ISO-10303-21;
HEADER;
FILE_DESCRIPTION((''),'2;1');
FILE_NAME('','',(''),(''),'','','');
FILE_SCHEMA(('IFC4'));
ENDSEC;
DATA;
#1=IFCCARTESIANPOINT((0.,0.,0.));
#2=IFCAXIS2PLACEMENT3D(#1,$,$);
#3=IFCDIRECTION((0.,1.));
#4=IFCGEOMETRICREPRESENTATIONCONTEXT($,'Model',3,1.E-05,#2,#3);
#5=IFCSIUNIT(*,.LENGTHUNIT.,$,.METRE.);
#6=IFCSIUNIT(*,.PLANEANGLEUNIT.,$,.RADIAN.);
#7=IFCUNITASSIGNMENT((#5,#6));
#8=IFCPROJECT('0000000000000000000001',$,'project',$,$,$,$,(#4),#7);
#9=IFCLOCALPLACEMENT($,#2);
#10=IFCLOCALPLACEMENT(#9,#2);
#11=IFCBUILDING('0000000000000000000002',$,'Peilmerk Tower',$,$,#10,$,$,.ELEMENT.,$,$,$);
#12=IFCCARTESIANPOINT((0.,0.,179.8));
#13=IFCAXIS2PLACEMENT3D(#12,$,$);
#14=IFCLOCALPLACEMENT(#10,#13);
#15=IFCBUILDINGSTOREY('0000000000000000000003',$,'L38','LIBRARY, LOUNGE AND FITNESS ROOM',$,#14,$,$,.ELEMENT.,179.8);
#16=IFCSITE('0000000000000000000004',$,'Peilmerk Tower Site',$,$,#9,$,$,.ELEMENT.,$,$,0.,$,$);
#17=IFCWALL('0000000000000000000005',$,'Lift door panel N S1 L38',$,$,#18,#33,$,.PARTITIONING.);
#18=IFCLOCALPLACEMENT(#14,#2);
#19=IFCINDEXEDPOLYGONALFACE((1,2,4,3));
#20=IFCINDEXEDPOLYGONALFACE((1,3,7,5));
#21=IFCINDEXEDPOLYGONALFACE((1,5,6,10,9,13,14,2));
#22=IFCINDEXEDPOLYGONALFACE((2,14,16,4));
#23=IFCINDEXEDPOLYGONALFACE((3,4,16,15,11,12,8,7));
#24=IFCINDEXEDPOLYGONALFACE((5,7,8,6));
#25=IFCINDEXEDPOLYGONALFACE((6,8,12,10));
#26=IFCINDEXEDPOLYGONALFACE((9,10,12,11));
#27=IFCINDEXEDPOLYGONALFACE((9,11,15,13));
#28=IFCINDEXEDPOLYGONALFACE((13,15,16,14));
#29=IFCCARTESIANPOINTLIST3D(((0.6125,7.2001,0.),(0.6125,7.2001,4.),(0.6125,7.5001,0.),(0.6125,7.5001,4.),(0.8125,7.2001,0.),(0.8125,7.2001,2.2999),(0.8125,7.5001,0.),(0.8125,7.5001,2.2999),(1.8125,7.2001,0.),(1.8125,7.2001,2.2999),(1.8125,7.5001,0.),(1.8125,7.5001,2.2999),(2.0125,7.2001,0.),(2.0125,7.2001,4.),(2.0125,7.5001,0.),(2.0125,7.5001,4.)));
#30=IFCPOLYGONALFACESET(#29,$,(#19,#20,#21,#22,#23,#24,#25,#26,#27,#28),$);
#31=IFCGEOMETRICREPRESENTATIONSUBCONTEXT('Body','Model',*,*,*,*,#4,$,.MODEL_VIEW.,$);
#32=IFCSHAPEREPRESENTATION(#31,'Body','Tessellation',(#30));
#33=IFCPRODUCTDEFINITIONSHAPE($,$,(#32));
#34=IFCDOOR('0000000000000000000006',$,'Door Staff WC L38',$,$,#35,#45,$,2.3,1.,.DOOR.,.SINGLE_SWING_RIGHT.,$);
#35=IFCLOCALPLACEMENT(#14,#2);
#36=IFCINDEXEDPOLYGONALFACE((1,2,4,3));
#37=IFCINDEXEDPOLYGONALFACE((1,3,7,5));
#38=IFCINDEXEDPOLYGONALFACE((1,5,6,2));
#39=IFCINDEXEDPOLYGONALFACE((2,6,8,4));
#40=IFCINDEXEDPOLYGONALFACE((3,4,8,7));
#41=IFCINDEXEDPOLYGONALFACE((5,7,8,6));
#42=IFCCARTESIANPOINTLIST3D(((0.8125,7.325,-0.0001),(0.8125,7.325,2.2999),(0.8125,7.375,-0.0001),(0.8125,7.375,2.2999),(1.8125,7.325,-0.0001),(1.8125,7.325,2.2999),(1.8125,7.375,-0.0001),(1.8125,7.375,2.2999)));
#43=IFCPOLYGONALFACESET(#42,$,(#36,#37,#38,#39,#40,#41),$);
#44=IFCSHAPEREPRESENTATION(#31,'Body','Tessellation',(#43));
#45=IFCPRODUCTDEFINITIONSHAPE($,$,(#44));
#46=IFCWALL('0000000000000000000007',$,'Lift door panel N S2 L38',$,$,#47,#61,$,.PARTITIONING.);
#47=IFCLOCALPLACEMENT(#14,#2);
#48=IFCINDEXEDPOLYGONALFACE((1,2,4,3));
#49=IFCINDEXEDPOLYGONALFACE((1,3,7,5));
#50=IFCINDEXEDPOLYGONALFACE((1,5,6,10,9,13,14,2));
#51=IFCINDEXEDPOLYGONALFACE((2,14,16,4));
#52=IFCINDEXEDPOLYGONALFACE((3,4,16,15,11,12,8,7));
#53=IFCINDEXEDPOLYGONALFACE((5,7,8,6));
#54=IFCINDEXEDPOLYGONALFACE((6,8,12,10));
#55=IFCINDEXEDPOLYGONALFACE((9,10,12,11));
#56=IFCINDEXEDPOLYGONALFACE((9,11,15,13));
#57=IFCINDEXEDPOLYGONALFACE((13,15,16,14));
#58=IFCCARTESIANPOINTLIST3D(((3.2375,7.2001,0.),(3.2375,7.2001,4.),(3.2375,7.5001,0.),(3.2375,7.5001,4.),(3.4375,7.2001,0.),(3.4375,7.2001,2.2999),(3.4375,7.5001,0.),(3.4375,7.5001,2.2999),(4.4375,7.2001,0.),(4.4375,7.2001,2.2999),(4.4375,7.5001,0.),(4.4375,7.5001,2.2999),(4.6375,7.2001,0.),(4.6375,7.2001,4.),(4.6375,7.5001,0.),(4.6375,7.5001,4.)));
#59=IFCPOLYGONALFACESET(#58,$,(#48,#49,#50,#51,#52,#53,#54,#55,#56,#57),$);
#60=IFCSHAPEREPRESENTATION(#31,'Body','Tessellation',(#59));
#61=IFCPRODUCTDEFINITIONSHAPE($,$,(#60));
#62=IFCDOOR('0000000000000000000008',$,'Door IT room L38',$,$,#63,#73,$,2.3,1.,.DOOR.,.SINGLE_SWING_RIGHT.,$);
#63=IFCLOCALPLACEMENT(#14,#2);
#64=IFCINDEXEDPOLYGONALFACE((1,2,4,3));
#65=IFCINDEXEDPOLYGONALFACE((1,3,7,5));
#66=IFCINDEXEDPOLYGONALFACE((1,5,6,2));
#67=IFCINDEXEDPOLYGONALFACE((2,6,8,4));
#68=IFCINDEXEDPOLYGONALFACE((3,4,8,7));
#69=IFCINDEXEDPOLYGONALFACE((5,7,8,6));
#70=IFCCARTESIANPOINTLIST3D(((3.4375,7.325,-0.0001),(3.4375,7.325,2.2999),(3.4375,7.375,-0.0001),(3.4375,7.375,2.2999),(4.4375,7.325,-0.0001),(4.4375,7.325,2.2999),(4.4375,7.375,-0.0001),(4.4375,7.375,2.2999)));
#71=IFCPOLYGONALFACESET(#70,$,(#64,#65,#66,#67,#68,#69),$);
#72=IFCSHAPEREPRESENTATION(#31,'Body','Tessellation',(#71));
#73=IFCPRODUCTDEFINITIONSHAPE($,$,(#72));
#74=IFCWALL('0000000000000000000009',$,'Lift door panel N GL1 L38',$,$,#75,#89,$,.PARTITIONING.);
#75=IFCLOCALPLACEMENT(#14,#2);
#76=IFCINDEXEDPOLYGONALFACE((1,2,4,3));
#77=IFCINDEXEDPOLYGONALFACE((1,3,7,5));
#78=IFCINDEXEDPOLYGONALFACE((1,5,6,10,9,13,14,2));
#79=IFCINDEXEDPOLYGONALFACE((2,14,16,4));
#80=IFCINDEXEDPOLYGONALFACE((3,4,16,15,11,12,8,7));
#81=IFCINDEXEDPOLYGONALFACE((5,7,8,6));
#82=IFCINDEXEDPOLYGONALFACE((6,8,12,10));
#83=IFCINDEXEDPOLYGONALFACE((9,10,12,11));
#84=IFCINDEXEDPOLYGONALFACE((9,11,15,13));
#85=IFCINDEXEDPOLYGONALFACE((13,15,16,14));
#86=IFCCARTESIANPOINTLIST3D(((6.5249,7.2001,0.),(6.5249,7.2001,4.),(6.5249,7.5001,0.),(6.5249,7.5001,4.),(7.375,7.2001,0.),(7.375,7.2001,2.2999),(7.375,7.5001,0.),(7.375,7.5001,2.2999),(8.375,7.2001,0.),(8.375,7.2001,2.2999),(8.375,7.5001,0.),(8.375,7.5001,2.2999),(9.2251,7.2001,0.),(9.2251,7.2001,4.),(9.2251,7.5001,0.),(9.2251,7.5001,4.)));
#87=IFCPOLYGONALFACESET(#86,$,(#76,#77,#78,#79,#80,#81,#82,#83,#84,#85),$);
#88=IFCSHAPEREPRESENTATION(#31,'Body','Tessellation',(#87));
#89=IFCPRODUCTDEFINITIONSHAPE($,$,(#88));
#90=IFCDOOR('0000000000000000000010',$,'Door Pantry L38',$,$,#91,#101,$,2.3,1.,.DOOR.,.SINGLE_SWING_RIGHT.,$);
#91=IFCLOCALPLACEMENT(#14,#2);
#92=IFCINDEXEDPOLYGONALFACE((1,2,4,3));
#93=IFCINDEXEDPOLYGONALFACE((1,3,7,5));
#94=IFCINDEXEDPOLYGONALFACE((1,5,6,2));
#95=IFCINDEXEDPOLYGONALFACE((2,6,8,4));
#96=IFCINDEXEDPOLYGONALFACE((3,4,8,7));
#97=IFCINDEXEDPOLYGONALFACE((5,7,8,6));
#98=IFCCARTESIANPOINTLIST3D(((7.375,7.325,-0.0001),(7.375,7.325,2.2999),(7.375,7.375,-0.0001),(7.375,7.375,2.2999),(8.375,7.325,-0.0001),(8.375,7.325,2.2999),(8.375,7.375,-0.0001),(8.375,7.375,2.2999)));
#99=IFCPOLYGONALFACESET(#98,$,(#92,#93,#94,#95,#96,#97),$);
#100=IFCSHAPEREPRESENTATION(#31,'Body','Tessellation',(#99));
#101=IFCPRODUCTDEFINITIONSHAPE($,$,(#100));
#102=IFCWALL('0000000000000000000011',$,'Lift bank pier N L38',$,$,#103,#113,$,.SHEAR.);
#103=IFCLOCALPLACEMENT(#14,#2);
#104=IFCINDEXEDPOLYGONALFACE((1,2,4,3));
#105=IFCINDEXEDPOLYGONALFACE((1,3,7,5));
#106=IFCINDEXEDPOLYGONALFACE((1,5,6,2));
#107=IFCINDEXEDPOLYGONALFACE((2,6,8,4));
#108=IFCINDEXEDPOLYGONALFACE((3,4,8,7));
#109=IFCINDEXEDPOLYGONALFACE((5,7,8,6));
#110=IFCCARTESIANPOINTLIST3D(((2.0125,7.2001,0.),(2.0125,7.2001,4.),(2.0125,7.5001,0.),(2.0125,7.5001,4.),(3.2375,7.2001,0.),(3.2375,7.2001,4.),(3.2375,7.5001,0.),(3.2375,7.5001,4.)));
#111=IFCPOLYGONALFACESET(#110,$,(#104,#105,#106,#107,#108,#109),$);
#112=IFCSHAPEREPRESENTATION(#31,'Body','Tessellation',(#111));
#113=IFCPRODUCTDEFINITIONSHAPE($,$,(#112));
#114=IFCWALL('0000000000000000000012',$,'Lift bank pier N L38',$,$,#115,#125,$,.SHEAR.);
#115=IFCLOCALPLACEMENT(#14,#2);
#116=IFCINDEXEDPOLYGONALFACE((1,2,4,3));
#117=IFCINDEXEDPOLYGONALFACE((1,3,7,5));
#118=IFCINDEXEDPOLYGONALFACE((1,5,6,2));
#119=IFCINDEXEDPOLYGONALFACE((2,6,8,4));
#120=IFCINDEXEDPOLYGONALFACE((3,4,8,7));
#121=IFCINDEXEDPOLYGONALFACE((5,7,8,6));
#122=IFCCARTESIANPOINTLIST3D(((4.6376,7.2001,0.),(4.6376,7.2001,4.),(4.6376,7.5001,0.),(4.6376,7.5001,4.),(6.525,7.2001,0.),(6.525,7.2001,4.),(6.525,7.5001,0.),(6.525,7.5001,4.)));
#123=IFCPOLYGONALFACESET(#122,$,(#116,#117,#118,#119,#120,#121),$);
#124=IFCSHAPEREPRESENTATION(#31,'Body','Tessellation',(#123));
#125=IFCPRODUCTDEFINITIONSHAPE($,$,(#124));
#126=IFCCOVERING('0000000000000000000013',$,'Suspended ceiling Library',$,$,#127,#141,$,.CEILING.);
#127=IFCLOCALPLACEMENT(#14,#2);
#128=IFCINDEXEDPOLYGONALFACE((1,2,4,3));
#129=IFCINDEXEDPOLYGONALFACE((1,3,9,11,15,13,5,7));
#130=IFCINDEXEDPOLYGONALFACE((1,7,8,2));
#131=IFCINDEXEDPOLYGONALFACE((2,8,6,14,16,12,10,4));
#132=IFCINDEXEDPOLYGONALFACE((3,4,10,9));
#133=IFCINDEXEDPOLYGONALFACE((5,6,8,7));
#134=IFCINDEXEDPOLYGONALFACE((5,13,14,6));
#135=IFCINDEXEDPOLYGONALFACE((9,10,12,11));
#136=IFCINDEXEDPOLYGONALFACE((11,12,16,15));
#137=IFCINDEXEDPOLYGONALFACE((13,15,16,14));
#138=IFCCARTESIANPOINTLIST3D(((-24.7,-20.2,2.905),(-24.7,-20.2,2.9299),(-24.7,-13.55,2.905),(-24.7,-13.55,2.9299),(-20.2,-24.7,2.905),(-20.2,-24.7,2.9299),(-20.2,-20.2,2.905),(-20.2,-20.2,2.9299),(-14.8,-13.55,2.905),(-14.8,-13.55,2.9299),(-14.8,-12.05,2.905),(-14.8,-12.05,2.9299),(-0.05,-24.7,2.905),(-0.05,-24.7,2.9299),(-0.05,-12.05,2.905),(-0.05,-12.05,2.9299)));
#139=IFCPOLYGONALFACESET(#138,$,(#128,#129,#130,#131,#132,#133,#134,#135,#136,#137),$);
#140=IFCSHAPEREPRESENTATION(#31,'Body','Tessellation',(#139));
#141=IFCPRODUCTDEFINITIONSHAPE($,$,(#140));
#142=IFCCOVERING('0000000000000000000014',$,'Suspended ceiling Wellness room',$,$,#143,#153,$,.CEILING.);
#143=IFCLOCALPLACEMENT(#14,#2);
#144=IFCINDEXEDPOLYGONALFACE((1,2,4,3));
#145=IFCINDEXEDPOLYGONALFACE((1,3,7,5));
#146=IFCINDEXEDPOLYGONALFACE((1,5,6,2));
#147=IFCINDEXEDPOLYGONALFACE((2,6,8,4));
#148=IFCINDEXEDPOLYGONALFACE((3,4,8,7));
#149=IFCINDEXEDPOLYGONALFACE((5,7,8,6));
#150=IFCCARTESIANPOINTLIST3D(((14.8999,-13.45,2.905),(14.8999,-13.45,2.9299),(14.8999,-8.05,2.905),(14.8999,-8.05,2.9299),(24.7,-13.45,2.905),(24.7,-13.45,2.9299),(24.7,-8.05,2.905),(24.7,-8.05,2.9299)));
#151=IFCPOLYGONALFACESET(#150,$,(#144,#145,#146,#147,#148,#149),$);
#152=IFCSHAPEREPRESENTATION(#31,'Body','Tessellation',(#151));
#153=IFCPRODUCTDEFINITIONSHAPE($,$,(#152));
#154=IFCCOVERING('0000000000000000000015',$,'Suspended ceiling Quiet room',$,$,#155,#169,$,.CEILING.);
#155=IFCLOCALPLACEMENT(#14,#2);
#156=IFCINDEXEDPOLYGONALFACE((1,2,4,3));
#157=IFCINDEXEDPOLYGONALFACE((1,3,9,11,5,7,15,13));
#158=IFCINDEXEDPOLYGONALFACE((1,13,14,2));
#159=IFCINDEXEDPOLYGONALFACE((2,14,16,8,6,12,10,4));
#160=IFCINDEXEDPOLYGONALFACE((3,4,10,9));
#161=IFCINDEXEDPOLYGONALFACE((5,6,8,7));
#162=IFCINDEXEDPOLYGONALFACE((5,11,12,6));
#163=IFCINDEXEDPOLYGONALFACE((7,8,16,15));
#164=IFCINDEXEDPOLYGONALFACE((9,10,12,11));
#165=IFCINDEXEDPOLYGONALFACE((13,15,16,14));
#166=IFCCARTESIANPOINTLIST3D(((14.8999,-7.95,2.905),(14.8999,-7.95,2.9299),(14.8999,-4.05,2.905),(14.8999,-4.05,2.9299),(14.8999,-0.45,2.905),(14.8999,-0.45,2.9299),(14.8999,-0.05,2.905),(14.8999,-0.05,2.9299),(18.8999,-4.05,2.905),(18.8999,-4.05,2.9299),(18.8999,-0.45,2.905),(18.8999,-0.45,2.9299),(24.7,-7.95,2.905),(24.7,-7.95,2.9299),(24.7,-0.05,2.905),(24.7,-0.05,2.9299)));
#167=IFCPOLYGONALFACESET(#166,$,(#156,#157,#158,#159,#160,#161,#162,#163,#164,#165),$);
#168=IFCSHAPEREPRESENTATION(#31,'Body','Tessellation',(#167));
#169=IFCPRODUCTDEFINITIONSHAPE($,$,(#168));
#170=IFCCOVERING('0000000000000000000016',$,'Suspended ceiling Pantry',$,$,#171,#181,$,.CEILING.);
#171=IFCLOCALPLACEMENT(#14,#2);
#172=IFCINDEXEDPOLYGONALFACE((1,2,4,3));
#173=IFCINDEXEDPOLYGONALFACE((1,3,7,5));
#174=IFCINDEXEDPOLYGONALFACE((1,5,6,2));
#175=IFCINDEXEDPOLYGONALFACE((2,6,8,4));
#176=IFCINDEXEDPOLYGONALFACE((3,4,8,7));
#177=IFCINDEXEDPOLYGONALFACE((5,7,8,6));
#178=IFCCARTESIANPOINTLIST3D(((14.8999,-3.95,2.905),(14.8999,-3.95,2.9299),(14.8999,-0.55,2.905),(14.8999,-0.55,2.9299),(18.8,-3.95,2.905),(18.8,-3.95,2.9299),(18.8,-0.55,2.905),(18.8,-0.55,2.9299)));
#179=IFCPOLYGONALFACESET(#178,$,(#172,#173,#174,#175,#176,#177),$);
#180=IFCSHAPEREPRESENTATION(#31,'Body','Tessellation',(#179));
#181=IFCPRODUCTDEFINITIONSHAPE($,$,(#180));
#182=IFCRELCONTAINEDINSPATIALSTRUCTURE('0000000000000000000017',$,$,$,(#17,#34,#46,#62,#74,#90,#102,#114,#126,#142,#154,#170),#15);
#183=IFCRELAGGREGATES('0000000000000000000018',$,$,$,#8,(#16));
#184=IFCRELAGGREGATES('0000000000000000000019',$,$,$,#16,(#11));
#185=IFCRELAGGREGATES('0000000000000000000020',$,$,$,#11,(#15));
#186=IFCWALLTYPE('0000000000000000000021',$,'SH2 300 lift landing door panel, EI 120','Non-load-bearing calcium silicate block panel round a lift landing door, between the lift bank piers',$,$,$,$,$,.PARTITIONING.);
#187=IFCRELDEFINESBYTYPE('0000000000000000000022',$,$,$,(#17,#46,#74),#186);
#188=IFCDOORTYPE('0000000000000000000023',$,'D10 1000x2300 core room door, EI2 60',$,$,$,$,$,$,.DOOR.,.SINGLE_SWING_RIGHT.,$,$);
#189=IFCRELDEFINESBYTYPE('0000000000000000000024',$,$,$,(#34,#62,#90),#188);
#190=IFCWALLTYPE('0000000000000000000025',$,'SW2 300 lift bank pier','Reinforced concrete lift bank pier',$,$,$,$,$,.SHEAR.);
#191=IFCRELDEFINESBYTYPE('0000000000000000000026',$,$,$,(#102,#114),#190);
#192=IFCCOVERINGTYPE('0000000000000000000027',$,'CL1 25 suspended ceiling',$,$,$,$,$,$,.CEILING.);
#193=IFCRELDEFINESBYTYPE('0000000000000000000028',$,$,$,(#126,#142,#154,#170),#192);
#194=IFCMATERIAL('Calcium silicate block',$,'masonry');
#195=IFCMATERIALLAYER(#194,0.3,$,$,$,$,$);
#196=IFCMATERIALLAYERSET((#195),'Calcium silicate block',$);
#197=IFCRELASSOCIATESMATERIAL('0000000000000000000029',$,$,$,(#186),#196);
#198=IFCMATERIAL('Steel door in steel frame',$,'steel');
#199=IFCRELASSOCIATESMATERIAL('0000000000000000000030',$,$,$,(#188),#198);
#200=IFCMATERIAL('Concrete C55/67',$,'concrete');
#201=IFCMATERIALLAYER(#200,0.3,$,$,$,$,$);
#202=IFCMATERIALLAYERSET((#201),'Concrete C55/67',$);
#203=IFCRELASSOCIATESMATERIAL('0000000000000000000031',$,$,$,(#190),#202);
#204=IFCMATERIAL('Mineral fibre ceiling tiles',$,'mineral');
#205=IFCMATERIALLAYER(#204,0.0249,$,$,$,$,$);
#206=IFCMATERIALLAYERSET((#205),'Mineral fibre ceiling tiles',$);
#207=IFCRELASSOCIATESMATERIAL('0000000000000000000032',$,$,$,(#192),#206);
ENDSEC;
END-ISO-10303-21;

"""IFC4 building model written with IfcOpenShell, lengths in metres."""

from ifc_helpers import new_model, si_unit, direction, frame, frame_2d, origin, place, context, subcontext, project, spatial, polyline, rectangle, outline, extrude, material, layer, layer_set, type_object, element, fill, save


model = new_model("IFC4")

# Units and contexts
model_context = context("Model", 3, precision=1e-05, world=origin(), true_north=direction((0.0, 1.0)))
body_context = subcontext(model_context, "Body", "Model", "MODEL_VIEW")
ifc_project = project(units=[si_unit("LENGTHUNIT", "METRE"), si_unit("PLANEANGLEUNIT", "RADIAN")], contexts=[model_context])

# Site, building, storey
site_placement = place(None, origin())
site = spatial("IfcSite", under=ifc_project, at=site_placement, Name="Peilmerk Tower Site", CompositionType="ELEMENT", RefElevation=0.0)
building_placement = place(site_placement, origin())
building = spatial("IfcBuilding", under=site, at=building_placement, Name="Peilmerk Tower", CompositionType="ELEMENT")
storey_placement = place(building_placement, frame((0.0, 0.0, 179.8)))
storey = spatial("IfcBuildingStorey", under=building, at=storey_placement, Name="L38", Description="LIBRARY, LOUNGE AND FITNESS ROOM", CompositionType="ELEMENT", Elevation=179.8)

# Shared definitions
ifc_material_1 = material(Name="Calcium silicate block", Category="masonry")

# Shared definitions
ifc_material_2 = material(Name="Steel door in steel frame", Category="steel")

# Walls, openings, doors
ifc_layer_1 = layer(ifc_material_1, 0.3)
ifc_layer_set_1 = layer_set([ifc_layer_1], Name="Calcium silicate block")
wall_type_1 = type_object("IfcWallType", Name="SH2 300 lift landing door panel, EI 120", Description="Non-load-bearing calcium silicate block panel round a lift landing door, between the lift bank piers", PredefinedType="PARTITIONING", material=ifc_layer_set_1)
wall_1_placement = place(storey_placement, frame((0.6125, 7.3501, 0.0), z_axis=(0.0, 0.0, 1.0), x_axis=(1.0, 0.0, 0.0)))
wall_1 = element("IfcWall", 1, at=wall_1_placement, inside=storey, type_object=wall_type_1, Name="Lift door panel N S1 L38", PredefinedType="PARTITIONING", context=body_context, shape_type="SweptSolid", body=[
    extrude(rectangle(XDim=1.3999, YDim=0.3, at=frame_2d((0.7, 0.0))), origin(), (0.0, 0.0, 1.0), 4.0),
])
opening_1_placement = place(wall_1_placement, frame((0.2, 0.0, 0.0)))
opening_1 = element("IfcOpeningElement", 2, at=opening_1_placement, cuts=wall_1, PredefinedType="OPENING", context=body_context, shape_type="SweptSolid", body=[
    extrude(rectangle(XDim=1.0, YDim=2.3, at=frame_2d((0.5, 1.1499))), frame((0.0, 0.1599, 0.0), z_axis=(0.0, -1.0, 0.0), x_axis=(1.0, 0.0, 0.0)), (0.0, 0.0, 1.0), 0.3201),
])
door_type_1 = type_object("IfcDoorType", Name="D10 1000x2300 core room door, EI2 60", OperationType="SINGLE_SWING_RIGHT", PredefinedType="DOOR", material=ifc_material_2)
door_1_placement = place(opening_1_placement, origin())
door_1 = element("IfcDoor", 3, at=door_1_placement, inside=storey, type_object=door_type_1, Name="Door Staff WC L38", OperationType="SINGLE_SWING_RIGHT", OverallHeight=2.3, OverallWidth=1.0, PredefinedType="DOOR", context=body_context, shape_type="SweptSolid", body=[
    extrude(rectangle(XDim=1.0, YDim=2.3, at=frame_2d((0.5, 1.1499))), frame((0.0, 0.0249, 0.0), z_axis=(0.0, -1.0, 0.0), x_axis=(1.0, 0.0, 0.0)), (0.0, 0.0, 1.0), 0.05),
])
fill(opening_1, door_1)
wall_2_placement = place(storey_placement, frame((3.2375, 7.3501, 0.0), z_axis=(0.0, 0.0, 1.0), x_axis=(1.0, 0.0, 0.0)))
wall_2 = element("IfcWall", 4, at=wall_2_placement, inside=storey, type_object=wall_type_1, Name="Lift door panel N S2 L38", PredefinedType="PARTITIONING", context=body_context, shape_type="SweptSolid", body=[
    extrude(rectangle(XDim=1.3999, YDim=0.3, at=frame_2d((0.7, 0.0))), origin(), (0.0, 0.0, 1.0), 4.0),
])
opening_2_placement = place(wall_2_placement, frame((0.2, 0.0, 0.0)))
opening_2 = element("IfcOpeningElement", 5, at=opening_2_placement, cuts=wall_2, PredefinedType="OPENING", context=body_context, shape_type="SweptSolid", body=[
    extrude(rectangle(XDim=1.0, YDim=2.3, at=frame_2d((0.5, 1.1499))), frame((0.0, 0.1599, 0.0), z_axis=(0.0, -1.0, 0.0), x_axis=(1.0, 0.0, 0.0)), (0.0, 0.0, 1.0), 0.3201),
])
door_2_placement = place(opening_2_placement, origin())
door_2 = element("IfcDoor", 6, at=door_2_placement, inside=storey, type_object=door_type_1, Name="Door IT room L38", OperationType="SINGLE_SWING_RIGHT", OverallHeight=2.3, OverallWidth=1.0, PredefinedType="DOOR", context=body_context, shape_type="SweptSolid", body=[
    extrude(rectangle(XDim=1.0, YDim=2.3, at=frame_2d((0.5, 1.1499))), frame((0.0, 0.0249, 0.0), z_axis=(0.0, -1.0, 0.0), x_axis=(1.0, 0.0, 0.0)), (0.0, 0.0, 1.0), 0.05),
])
fill(opening_2, door_2)
wall_3_placement = place(storey_placement, frame((6.5249, 7.3501, 0.0), z_axis=(0.0, 0.0, 1.0), x_axis=(1.0, 0.0, 0.0)))
wall_3 = element("IfcWall", 7, at=wall_3_placement, inside=storey, type_object=wall_type_1, Name="Lift door panel N GL1 L38", PredefinedType="PARTITIONING", context=body_context, shape_type="SweptSolid", body=[
    extrude(rectangle(XDim=2.7002, YDim=0.3, at=frame_2d((1.3501, 0.0))), origin(), (0.0, 0.0, 1.0), 4.0),
])
opening_3_placement = place(wall_3_placement, frame((0.8501, 0.0, 0.0)))
opening_3 = element("IfcOpeningElement", 8, at=opening_3_placement, cuts=wall_3, PredefinedType="OPENING", context=body_context, shape_type="SweptSolid", body=[
    extrude(rectangle(XDim=1.0, YDim=2.3, at=frame_2d((0.5, 1.1499))), frame((0.0, 0.1599, 0.0), z_axis=(0.0, -1.0, 0.0), x_axis=(1.0, 0.0, 0.0)), (0.0, 0.0, 1.0), 0.3201),
])
door_3_placement = place(opening_3_placement, origin())
door_3 = element("IfcDoor", 9, at=door_3_placement, inside=storey, type_object=door_type_1, Name="Door Pantry L38", OperationType="SINGLE_SWING_RIGHT", OverallHeight=2.3, OverallWidth=1.0, PredefinedType="DOOR", context=body_context, shape_type="SweptSolid", body=[
    extrude(rectangle(XDim=1.0, YDim=2.3, at=frame_2d((0.5, 1.1499))), frame((0.0, 0.0249, 0.0), z_axis=(0.0, -1.0, 0.0), x_axis=(1.0, 0.0, 0.0)), (0.0, 0.0, 1.0), 0.05),
])
fill(opening_3, door_3)

# Walls
ifc_material_3 = material(Name="Concrete C55/67", Category="concrete")
ifc_layer_2 = layer(ifc_material_3, 0.3)
ifc_layer_set_2 = layer_set([ifc_layer_2], Name="Concrete C55/67")
wall_type_2 = type_object("IfcWallType", Name="SW2 300 lift bank pier", Description="Reinforced concrete lift bank pier", PredefinedType="SHEAR", material=ifc_layer_set_2)
wall_4_placement = place(storey_placement, frame((2.0125, 7.3501, 0.0), z_axis=(0.0, 0.0, 1.0), x_axis=(1.0, 0.0, 0.0)))
element("IfcWall", 10, at=wall_4_placement, inside=storey, type_object=wall_type_2, Name="Lift bank pier N L38", PredefinedType="SHEAR", context=body_context, shape_type="SweptSolid", body=[
    extrude(rectangle(XDim=1.2251, YDim=0.3, at=frame_2d((0.6125, 0.0))), origin(), (0.0, 0.0, 1.0), 4.0),
])
wall_5_placement = place(storey_placement, frame((4.6375, 7.3501, 0.0), z_axis=(0.0, 0.0, 1.0), x_axis=(1.0, 0.0, 0.0)))
element("IfcWall", 11, at=wall_5_placement, inside=storey, type_object=wall_type_2, Name="Lift bank pier N L38", PredefinedType="SHEAR", context=body_context, shape_type="SweptSolid", body=[
    extrude(rectangle(XDim=1.8875, YDim=0.3, at=frame_2d((0.9438, 0.0))), origin(), (0.0, 0.0, 1.0), 4.0),
])

# Coverings
ifc_material_4 = material(Name="Mineral fibre ceiling tiles", Category="mineral")
ifc_layer_3 = layer(ifc_material_4, 0.0249)
ifc_layer_set_3 = layer_set([ifc_layer_3], Name="Mineral fibre ceiling tiles")
covering_type = type_object("IfcCoveringType", Name="CL1 25 suspended ceiling", PredefinedType="CEILING", material=ifc_layer_set_3)
covering_1_placement = place(storey_placement, frame((0.0, 0.0, 2.905)))
element("IfcCovering", 12, at=covering_1_placement, inside=storey, type_object=covering_type, Name="Suspended ceiling Library", PredefinedType="CEILING", context=body_context, shape_type="SweptSolid", body=[
    extrude(outline(polyline([(-20.2, -24.7), (-0.05, -24.7), (-0.05, -12.05), (-14.8, -12.05), (-14.8, -13.55), (-24.7, -13.55), (-24.7, -20.2), (-20.2, -20.2), (-20.2, -24.7)])), origin(), (0.0, 0.0, 1.0), 0.0249),
])
covering_2_placement = place(storey_placement, frame((0.0, 0.0, 2.905)))
element("IfcCovering", 13, at=covering_2_placement, inside=storey, type_object=covering_type, Name="Suspended ceiling Wellness room", PredefinedType="CEILING", context=body_context, shape_type="SweptSolid", body=[
    extrude(outline(polyline([(24.7, -13.45), (24.7, -8.05), (14.8999, -8.05), (14.8999, -13.45), (24.7, -13.45)])), origin(), (0.0, 0.0, 1.0), 0.0249),
])
covering_3_placement = place(storey_placement, frame((0.0, 0.0, 2.905)))
element("IfcCovering", 14, at=covering_3_placement, inside=storey, type_object=covering_type, Name="Suspended ceiling Quiet room", PredefinedType="CEILING", context=body_context, shape_type="SweptSolid", body=[
    extrude(outline(polyline([(14.8999, -7.95), (24.7, -7.95), (24.7, -0.05), (14.8999, -0.05), (14.8999, -0.45), (18.8999, -0.45), (18.8999, -4.05), (14.8999, -4.05), (14.8999, -7.95)])), origin(), (0.0, 0.0, 1.0), 0.0249),
])
covering_4_placement = place(storey_placement, frame((0.0, 0.0, 2.905)))
element("IfcCovering", 15, at=covering_4_placement, inside=storey, type_object=covering_type, Name="Suspended ceiling Pantry", PredefinedType="CEILING", context=body_context, shape_type="SweptSolid", body=[
    extrude(outline(polyline([(18.8, -3.95), (18.8, -0.55), (14.8999, -0.55), (14.8999, -3.95), (18.8, -3.95)])), origin(), (0.0, 0.0, 1.0), 0.0249),
])

save(model, "model.ifc")
